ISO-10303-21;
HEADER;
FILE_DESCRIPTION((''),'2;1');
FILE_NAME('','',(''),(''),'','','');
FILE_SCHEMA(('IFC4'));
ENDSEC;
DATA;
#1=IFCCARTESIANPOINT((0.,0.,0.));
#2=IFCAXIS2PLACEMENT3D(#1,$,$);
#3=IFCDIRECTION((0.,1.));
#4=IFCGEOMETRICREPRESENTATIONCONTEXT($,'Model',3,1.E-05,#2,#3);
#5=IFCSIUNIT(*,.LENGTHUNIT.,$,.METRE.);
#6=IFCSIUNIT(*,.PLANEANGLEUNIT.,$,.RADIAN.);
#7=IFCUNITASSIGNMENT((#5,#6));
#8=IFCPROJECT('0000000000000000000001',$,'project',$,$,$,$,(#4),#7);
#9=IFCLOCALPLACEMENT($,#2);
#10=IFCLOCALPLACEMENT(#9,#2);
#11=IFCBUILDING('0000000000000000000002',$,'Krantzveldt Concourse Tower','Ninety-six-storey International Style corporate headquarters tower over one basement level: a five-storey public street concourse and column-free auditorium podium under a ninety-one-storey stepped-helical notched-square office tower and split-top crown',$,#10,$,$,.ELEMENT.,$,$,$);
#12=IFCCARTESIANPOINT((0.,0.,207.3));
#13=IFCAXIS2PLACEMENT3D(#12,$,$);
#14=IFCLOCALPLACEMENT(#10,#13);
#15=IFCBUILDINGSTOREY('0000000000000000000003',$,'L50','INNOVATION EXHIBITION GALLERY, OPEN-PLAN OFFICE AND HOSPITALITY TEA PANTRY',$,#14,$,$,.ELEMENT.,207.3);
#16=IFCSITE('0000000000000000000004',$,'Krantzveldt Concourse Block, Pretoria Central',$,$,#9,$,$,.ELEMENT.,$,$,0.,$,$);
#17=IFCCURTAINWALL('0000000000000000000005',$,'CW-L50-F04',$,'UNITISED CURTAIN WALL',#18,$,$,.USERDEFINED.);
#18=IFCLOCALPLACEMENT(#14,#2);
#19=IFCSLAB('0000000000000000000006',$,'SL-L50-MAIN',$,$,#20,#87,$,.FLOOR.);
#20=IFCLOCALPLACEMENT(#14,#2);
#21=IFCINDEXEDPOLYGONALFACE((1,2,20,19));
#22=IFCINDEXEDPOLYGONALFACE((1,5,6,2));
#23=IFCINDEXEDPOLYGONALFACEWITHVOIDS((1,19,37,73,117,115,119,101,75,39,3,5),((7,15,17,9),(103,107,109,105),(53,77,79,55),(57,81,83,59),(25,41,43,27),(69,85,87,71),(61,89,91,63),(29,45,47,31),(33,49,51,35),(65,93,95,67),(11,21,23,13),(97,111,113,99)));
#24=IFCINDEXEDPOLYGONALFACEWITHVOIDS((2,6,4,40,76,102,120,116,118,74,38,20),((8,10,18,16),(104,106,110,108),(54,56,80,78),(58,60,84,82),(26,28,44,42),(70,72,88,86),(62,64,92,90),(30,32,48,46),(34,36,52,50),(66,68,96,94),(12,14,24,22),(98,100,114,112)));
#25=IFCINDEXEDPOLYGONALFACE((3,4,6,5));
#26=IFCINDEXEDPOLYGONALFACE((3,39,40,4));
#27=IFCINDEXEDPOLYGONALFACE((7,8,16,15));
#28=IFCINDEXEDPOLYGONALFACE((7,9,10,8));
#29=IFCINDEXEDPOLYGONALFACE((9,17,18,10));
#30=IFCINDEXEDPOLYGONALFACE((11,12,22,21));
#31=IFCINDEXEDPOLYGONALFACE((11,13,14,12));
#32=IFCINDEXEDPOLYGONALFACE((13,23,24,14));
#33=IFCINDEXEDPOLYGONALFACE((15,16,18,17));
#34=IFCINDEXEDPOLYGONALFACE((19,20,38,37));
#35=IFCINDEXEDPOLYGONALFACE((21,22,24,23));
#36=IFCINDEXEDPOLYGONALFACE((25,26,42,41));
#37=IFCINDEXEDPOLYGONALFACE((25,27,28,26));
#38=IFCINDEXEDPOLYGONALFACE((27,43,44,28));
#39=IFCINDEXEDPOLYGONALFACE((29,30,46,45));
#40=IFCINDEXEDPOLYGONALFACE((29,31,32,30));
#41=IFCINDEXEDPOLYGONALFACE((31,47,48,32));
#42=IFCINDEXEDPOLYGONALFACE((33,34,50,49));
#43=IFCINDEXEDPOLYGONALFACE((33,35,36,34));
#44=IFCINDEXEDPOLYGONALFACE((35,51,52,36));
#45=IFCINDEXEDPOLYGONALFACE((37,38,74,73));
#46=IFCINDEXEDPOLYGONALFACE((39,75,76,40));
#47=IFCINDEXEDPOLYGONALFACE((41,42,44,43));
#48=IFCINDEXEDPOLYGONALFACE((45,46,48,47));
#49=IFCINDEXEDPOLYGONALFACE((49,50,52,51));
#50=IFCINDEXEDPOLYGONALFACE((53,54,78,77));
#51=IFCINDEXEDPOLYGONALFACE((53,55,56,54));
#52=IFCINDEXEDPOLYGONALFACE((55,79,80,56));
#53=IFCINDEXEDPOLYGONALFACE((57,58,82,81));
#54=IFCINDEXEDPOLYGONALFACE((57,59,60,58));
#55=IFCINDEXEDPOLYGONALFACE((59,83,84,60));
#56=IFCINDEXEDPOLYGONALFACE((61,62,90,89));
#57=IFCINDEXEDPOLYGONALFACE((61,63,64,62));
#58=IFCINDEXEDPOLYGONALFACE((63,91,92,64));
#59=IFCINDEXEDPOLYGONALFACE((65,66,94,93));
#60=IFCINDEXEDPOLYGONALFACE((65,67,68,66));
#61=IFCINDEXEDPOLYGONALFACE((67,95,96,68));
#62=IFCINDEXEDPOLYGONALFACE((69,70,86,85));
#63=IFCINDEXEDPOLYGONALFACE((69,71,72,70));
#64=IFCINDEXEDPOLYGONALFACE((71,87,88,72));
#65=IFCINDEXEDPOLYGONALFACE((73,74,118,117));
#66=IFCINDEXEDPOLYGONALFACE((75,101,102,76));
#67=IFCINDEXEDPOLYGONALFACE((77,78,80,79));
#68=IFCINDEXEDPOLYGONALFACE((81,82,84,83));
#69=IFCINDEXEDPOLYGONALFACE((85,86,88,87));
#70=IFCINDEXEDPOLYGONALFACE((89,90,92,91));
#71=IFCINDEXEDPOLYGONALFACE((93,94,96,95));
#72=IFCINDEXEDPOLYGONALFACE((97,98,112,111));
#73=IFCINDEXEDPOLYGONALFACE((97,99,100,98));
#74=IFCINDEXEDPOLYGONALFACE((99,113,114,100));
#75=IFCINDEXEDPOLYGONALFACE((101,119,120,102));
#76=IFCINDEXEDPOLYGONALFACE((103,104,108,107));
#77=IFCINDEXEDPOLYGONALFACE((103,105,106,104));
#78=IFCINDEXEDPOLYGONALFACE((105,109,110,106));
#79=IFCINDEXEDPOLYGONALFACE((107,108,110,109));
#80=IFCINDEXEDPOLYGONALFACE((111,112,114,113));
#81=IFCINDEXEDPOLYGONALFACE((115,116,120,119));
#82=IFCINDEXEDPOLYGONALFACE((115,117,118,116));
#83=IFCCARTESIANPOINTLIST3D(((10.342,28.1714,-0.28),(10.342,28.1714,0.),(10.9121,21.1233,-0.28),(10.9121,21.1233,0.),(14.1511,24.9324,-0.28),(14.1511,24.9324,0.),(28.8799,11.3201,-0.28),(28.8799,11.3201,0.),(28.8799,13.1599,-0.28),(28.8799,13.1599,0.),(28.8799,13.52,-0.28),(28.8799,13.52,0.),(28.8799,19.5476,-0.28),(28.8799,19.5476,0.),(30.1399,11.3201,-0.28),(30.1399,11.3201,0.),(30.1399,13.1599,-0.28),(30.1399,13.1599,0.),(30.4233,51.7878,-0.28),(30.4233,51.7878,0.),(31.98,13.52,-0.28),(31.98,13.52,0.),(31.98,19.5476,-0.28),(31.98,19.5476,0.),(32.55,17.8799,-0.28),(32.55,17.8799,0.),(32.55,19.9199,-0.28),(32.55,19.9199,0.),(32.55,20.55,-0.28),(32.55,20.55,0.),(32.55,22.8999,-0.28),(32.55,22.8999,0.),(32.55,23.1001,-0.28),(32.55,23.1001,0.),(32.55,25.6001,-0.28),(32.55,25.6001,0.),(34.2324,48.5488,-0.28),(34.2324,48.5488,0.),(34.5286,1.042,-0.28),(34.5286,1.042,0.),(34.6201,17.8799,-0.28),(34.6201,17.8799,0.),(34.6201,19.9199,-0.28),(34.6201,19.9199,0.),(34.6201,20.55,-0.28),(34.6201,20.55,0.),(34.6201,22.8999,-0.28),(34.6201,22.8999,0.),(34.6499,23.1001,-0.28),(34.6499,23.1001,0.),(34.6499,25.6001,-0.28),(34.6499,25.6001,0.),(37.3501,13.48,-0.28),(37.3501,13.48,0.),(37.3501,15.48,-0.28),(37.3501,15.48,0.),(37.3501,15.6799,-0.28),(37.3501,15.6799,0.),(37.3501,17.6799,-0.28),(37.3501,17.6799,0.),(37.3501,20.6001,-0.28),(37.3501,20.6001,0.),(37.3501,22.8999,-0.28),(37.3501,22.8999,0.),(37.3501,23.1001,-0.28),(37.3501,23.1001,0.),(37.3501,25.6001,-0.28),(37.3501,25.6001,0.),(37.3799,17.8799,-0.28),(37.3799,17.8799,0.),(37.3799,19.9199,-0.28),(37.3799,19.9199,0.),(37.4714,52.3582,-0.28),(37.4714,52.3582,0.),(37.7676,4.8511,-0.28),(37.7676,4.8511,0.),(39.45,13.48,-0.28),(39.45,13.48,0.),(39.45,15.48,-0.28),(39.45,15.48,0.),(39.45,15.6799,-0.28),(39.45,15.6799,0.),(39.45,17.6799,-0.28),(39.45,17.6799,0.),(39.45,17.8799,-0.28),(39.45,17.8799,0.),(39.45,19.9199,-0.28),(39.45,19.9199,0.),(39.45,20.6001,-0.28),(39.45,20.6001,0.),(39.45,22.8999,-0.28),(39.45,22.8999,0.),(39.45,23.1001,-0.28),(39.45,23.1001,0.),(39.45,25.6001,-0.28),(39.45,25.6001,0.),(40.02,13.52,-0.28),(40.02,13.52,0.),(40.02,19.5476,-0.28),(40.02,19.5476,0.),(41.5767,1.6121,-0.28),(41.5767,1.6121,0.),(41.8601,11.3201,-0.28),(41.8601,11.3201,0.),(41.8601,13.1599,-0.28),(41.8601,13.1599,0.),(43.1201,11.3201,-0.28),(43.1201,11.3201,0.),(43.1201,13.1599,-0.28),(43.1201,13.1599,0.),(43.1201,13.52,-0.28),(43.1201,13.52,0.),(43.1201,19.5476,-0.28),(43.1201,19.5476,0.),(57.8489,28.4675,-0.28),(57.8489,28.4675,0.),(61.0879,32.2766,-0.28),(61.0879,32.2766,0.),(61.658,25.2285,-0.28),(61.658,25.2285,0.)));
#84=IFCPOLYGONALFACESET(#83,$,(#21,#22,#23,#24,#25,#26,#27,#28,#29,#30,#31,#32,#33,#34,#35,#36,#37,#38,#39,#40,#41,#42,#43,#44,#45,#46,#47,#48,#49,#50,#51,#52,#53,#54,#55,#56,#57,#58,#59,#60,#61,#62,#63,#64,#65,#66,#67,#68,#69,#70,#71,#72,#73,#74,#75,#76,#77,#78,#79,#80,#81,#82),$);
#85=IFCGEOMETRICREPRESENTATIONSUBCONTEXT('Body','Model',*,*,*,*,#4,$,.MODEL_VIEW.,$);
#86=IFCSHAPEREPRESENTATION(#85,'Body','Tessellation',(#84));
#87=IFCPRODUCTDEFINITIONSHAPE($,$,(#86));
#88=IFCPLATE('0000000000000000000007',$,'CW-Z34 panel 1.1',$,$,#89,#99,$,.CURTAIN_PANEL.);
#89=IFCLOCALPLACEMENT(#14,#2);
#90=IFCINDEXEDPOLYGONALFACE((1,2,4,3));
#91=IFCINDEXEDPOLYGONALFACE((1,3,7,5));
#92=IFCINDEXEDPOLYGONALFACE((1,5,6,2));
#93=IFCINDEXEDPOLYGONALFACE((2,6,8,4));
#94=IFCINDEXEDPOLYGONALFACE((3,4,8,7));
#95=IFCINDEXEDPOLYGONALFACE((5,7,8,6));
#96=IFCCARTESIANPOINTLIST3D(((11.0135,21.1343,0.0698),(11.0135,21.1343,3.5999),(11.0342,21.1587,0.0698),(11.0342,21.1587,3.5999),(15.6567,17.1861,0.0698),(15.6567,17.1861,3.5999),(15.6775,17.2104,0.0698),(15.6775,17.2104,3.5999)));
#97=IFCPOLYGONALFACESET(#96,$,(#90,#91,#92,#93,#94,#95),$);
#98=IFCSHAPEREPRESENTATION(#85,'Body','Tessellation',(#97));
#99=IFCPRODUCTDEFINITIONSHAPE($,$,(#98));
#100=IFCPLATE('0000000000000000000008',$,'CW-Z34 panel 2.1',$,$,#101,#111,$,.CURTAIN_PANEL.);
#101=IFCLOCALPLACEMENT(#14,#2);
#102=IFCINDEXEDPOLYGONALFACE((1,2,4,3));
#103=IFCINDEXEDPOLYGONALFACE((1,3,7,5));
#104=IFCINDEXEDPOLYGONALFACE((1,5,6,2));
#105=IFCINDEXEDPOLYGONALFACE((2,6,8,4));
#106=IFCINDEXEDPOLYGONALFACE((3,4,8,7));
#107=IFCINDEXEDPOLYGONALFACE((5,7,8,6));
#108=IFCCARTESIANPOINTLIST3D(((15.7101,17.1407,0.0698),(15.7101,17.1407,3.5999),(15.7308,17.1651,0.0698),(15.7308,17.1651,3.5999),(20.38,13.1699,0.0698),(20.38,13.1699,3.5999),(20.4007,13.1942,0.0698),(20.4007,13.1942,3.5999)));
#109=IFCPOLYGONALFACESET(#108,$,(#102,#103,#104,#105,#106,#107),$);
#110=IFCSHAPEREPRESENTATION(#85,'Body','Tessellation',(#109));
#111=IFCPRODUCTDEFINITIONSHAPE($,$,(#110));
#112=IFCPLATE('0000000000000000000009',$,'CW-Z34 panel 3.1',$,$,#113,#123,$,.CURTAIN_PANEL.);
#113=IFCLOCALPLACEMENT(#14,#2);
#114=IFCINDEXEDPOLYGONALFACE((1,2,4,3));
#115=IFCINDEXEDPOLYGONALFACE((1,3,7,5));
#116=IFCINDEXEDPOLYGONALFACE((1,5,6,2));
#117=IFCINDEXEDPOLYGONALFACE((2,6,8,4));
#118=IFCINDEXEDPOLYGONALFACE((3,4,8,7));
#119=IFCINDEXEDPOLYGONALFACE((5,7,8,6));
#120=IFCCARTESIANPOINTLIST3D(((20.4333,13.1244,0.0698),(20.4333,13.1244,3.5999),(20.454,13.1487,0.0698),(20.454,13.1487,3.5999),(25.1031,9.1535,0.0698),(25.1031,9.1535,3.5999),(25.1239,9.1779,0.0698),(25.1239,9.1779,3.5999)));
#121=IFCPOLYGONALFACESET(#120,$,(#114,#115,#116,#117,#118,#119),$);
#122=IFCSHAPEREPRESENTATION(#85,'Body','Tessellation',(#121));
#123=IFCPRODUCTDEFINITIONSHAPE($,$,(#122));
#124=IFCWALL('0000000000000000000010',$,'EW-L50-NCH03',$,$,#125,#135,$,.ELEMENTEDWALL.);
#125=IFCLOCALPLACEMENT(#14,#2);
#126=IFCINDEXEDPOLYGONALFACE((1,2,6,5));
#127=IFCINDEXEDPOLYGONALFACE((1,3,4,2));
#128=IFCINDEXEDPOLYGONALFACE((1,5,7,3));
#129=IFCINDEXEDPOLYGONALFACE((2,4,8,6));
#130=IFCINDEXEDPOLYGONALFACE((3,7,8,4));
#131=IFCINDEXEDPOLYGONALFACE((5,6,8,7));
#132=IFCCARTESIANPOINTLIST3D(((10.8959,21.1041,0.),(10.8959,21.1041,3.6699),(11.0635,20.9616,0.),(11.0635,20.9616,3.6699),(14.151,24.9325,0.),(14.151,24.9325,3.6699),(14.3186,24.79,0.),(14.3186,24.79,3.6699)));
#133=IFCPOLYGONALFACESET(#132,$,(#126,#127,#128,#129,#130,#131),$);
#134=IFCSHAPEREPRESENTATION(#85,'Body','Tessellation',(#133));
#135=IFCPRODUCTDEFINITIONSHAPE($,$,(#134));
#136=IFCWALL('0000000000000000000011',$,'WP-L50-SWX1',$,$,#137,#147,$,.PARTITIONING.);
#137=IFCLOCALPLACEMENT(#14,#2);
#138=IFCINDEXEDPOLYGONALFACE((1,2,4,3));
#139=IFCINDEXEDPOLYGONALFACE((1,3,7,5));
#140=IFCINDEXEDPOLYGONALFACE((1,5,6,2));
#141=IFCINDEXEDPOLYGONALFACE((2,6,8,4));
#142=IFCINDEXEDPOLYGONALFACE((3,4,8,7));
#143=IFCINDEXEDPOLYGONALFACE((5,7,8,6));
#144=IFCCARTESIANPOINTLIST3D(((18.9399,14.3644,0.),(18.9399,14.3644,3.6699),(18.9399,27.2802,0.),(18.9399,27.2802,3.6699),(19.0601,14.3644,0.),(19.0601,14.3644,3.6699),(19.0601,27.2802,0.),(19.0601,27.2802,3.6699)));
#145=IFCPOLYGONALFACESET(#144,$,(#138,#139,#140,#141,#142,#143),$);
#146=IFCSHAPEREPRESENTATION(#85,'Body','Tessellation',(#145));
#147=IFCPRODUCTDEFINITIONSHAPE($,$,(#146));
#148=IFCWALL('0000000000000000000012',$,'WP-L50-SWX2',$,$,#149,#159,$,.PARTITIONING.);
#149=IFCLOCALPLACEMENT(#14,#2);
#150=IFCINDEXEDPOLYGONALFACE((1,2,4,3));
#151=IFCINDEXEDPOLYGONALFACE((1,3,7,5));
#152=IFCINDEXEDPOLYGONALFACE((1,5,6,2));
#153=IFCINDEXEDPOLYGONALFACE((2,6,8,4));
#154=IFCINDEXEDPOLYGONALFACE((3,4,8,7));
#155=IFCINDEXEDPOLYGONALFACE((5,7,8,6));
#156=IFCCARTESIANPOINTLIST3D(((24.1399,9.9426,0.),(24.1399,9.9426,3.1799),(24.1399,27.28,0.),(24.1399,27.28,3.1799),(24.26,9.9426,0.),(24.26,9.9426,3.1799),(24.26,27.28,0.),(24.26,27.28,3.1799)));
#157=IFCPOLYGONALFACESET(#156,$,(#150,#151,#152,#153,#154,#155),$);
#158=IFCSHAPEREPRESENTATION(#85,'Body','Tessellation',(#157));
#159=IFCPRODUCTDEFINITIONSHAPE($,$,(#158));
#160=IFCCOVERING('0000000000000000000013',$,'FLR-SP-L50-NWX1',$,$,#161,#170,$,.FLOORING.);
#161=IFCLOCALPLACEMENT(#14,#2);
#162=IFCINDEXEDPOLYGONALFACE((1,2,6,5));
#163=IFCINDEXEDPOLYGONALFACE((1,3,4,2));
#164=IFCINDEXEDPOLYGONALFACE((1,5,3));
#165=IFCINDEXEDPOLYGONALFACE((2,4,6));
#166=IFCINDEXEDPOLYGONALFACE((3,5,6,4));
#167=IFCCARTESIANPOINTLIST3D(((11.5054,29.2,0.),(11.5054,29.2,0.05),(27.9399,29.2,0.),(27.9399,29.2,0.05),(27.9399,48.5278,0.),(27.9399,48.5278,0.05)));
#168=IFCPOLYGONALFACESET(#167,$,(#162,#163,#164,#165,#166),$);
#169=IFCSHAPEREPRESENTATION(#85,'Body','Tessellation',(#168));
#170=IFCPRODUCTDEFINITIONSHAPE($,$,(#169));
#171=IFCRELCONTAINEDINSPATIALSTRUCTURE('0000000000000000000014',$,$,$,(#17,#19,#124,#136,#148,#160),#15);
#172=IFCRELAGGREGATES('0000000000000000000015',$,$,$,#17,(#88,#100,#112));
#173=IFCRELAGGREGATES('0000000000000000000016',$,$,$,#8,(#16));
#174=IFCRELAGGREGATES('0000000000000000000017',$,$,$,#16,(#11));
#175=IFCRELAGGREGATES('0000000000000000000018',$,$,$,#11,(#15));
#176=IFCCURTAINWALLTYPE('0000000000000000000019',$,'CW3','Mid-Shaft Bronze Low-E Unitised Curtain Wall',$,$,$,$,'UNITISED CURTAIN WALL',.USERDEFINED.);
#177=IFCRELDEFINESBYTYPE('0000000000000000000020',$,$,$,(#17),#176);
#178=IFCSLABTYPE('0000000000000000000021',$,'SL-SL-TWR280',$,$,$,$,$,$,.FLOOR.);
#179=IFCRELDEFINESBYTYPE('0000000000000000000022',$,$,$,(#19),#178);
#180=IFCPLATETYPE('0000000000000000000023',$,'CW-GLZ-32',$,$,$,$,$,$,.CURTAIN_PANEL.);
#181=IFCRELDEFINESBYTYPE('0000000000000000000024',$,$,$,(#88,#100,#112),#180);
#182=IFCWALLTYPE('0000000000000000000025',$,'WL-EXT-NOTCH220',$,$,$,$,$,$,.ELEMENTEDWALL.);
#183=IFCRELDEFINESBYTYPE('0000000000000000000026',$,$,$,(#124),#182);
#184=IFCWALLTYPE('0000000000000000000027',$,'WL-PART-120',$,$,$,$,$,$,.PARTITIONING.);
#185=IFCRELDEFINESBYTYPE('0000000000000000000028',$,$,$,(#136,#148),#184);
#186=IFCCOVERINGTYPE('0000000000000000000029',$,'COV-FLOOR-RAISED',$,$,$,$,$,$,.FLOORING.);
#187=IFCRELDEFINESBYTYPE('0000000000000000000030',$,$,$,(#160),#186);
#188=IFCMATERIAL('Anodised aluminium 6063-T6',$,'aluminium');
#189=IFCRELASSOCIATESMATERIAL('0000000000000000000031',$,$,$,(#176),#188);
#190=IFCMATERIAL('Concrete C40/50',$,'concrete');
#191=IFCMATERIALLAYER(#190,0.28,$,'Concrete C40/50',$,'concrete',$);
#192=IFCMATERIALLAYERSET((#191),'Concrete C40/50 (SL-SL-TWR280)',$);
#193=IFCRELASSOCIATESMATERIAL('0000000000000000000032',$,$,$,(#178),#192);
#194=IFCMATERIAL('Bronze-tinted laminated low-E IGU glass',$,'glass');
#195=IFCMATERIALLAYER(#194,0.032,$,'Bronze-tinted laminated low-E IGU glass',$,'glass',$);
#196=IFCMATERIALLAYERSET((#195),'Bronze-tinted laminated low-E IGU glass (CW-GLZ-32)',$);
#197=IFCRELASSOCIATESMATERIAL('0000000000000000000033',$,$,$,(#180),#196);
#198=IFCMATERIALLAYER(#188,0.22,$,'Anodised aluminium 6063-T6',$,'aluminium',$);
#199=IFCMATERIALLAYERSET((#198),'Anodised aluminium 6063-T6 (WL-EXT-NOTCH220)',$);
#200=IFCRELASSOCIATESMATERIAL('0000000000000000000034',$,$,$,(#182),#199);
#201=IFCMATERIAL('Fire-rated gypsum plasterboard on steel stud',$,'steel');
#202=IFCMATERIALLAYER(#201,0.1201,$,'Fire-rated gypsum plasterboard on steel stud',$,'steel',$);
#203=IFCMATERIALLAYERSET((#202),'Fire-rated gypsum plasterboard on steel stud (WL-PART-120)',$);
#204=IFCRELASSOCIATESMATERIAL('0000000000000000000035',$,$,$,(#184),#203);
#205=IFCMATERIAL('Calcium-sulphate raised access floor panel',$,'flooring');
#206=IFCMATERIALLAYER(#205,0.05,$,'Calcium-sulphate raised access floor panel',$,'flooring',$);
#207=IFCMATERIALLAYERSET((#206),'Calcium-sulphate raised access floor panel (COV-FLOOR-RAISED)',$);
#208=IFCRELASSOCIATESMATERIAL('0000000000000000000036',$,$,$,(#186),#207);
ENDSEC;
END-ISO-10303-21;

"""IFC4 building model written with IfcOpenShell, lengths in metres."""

from ifc_helpers import new_model, si_unit, direction, frame, frame_2d, origin, origin_2d, place, context, subcontext, project, spatial, polyline, rectangle, outline, extrude, source, transform, mapped, material, layer, layer_set, type_object, type_shapes, element, aggregate, save


model = new_model("IFC4")

# Units and contexts
model_context = context("Model", 3, precision=1e-05, world=origin(), true_north=direction((0.0, 1.0)))
body_context = subcontext(model_context, "Body", "Model", "MODEL_VIEW")
ifc_project = project(units=[si_unit("LENGTHUNIT", "METRE"), si_unit("PLANEANGLEUNIT", "RADIAN")], contexts=[model_context])

# Site, building, storey
site_placement = place(None, origin())
site = spatial("IfcSite", under=ifc_project, at=site_placement, Name="Krantzveldt Concourse Block, Pretoria Central", CompositionType="ELEMENT", RefElevation=0.0)
building_placement = place(site_placement, origin())
building = spatial("IfcBuilding", under=site, at=building_placement, Name="Krantzveldt Concourse Tower", Description="Ninety-six-storey International Style corporate headquarters tower over one basement level: a five-storey public street concourse and column-free auditorium podium under a ninety-one-storey stepped-helical notched-square office tower and split-top crown", CompositionType="ELEMENT")
storey_placement = place(building_placement, frame((0.0, 0.0, 207.3)))
storey = spatial("IfcBuildingStorey", under=building, at=storey_placement, Name="L50", Description="INNOVATION EXHIBITION GALLERY, OPEN-PLAN OFFICE AND HOSPITALITY TEA PANTRY", CompositionType="ELEMENT", Elevation=207.3)

# Curtain wall
ifc_material_1 = material(Name="Anodised aluminium 6063-T6", Category="aluminium")
curtain_wall_type = type_object("IfcCurtainWallType", Name="CW3", Description="Mid-Shaft Bronze Low-E Unitised Curtain Wall", ElementType="UNITISED CURTAIN WALL", PredefinedType="USERDEFINED", material=ifc_material_1)
curtain_wall_placement = place(storey_placement, origin())
curtain_wall = element("IfcCurtainWall", 1, at=curtain_wall_placement, inside=storey, type_object=curtain_wall_type, Name="CW-L50-F04", ObjectType="UNITISED CURTAIN WALL", PredefinedType="USERDEFINED")

# Slab
ifc_material_2 = material(Name="Concrete C40/50", Category="concrete")
ifc_layer_1 = layer(ifc_material_2, 0.28, Name="Concrete C40/50", Category="concrete")
ifc_layer_set_1 = layer_set([ifc_layer_1], Name="Concrete C40/50 (SL-SL-TWR280)")
slab_type_1 = type_object("IfcSlabType", Name="SL-SL-TWR280", PredefinedType="FLOOR", material=ifc_layer_set_1)
slab_1_placement = place(storey_placement, frame((0.0, 0.0, -0.28)))
element("IfcSlab", 2, at=slab_1_placement, inside=storey, type_object=slab_type_1, Name="SL-L50-MAIN", PredefinedType="FLOOR", context=body_context, shape_type="SweptSolid", body=[
    extrude(outline(polyline([(34.2324, 48.5488), (30.4233, 51.7878), (10.342, 28.1714), (14.1511, 24.9324), (10.9121, 21.1233), (34.5286, 1.042), (37.7676, 4.8511), (41.5767, 1.6121), (61.658, 25.2285), (57.8489, 28.4675), (61.0879, 32.2766), (37.4714, 52.3582), (34.2324, 48.5488)]), holes=[polyline([(28.8799, 19.5476), (28.8799, 13.52), (31.98, 13.52), (31.98, 19.5476), (28.8799, 19.5476)]), polyline([(40.02, 19.5476), (40.02, 13.52), (43.1201, 13.52), (43.1201, 19.5476), (40.02, 19.5476)]), polyline([(32.55, 23.1001), (34.6499, 23.1001), (34.6499, 25.6001), (32.55, 25.6001), (32.55, 23.1001)]), polyline([(37.3501, 23.1001), (39.45, 23.1001), (39.45, 25.6001), (37.3501, 25.6001), (37.3501, 23.1001)]), polyline([(37.3501, 20.6001), (39.45, 20.6001), (39.45, 22.8999), (37.3501, 22.8999), (37.3501, 20.6001)]), polyline([(37.3501, 13.48), (39.45, 13.48), (39.45, 15.48), (37.3501, 15.48), (37.3501, 13.48)]), polyline([(37.3501, 15.6799), (39.45, 15.6799), (39.45, 17.6799), (37.3501, 17.6799), (37.3501, 15.6799)]), polyline([(32.55, 20.55), (34.6201, 20.55), (34.6201, 22.8999), (32.55, 22.8999), (32.55, 20.55)]), polyline([(32.55, 17.8799), (34.6201, 17.8799), (34.6201, 19.9199), (32.55, 19.9199), (32.55, 17.8799)]), polyline([(37.3799, 17.8799), (39.45, 17.8799), (39.45, 19.9199), (37.3799, 19.9199), (37.3799, 17.8799)]), polyline([(28.8799, 11.3201), (30.1399, 11.3201), (30.1399, 13.1599), (28.8799, 13.1599), (28.8799, 11.3201)]), polyline([(41.8601, 11.3201), (43.1201, 11.3201), (43.1201, 13.1599), (41.8601, 13.1599), (41.8601, 11.3201)])]), origin(), (0.0, 0.0, 1.0), 0.28),
])

# Plates
ifc_material_3 = material(Name="Bronze-tinted laminated low-E IGU glass", Category="glass")
ifc_layer_2 = layer(ifc_material_3, 0.032, Name="Bronze-tinted laminated low-E IGU glass", Category="glass")
ifc_layer_set_2 = layer_set([ifc_layer_2], Name="Bronze-tinted laminated low-E IGU glass (CW-GLZ-32)")
plate_type = type_object("IfcPlateType", Name="CW-GLZ-32", PredefinedType="CURTAIN_PANEL", material=ifc_layer_set_2)
shared_shape_1 = source(origin(), body_context, "Body", "SweptSolid", [
    extrude(rectangle(XDim=6.095, YDim=0.032, at=origin_2d()), origin(), (0.0, 0.0, 1.0), 3.53),
])
plate_1_placement = place(storey_placement, frame((13.3455, 19.1724, 0.0698), z_axis=(0.0, 0.0, 1.0), x_axis=(0.761821, -0.647788, 0.0)))
plate_1 = element("IfcPlate", 3, at=plate_1_placement, type_object=plate_type, Name="CW-Z34 panel 1.1", PredefinedType="CURTAIN_PANEL", context=body_context, shape_type="MappedRepresentation", body=[
    mapped(shared_shape_1, transform((0.0, 0.0, 0.0), x_axis=(1.0, 0.0, 0.0), y_axis=(0.0, 1.0, 0.0), z_axis=(0.0, 0.0, 1.0), scale=1.0)),
])
shared_shape_2 = source(origin(), body_context, "Body", "SweptSolid", [
    extrude(rectangle(XDim=6.1299, YDim=0.032, at=origin_2d()), origin(), (0.0, 0.0, 1.0), 3.53),
])
type_shapes(plate_type, [shared_shape_1, shared_shape_2])
plate_2_placement = place(storey_placement, frame((18.0554, 15.1675, 0.0698), z_axis=(0.0, 0.0, 1.0), x_axis=(0.761821, -0.647788, 0.0)))
plate_2 = element("IfcPlate", 4, at=plate_2_placement, type_object=plate_type, Name="CW-Z34 panel 2.1", PredefinedType="CURTAIN_PANEL", context=body_context, shape_type="MappedRepresentation", body=[
    mapped(shared_shape_2, transform((0.0, 0.0, 0.0), x_axis=(1.0, 0.0, 0.0), y_axis=(0.0, 1.0, 0.0), z_axis=(0.0, 0.0, 1.0), scale=1.0)),
])
plate_3_placement = place(storey_placement, frame((22.7786, 11.1511, 0.0698), z_axis=(0.0, 0.0, 1.0), x_axis=(0.761821, -0.647788, 0.0)))
plate_3 = element("IfcPlate", 5, at=plate_3_placement, type_object=plate_type, Name="CW-Z34 panel 3.1", PredefinedType="CURTAIN_PANEL", context=body_context, shape_type="MappedRepresentation", body=[
    mapped(shared_shape_2, transform((0.0, 0.0, 0.0), x_axis=(1.0, 0.0, 0.0), y_axis=(0.0, 1.0, 0.0), z_axis=(0.0, 0.0, 1.0), scale=1.0)),
])
aggregate(curtain_wall, [plate_1, plate_2, plate_3])

# Walls
ifc_layer_3 = layer(ifc_material_1, 0.22, Name="Anodised aluminium 6063-T6", Category="aluminium")
ifc_layer_set_3 = layer_set([ifc_layer_3], Name="Anodised aluminium 6063-T6 (WL-EXT-NOTCH220)")
wall_type_1 = type_object("IfcWallType", Name="WL-EXT-NOTCH220", PredefinedType="ELEMENTEDWALL", material=ifc_layer_set_3)
wall_1_placement = place(storey_placement, frame((14.2349, 24.8613, 0.0), z_axis=(0.0, 0.0, 1.0), x_axis=(-0.647765, -0.76184, 0.0)))
element("IfcWall", 6, at=wall_1_placement, inside=storey, type_object=wall_type_1, Name="EW-L50-NCH03", PredefinedType="ELEMENTEDWALL", context=body_context, shape_type="SweptSolid", body=[
    extrude(rectangle(XDim=5.0251, YDim=0.22, at=frame_2d((2.5127, 0.0))), origin(), (0.0, 0.0, 1.0), 3.6699),
])
ifc_material_4 = material(Name="Fire-rated gypsum plasterboard on steel stud", Category="steel")
ifc_layer_4 = layer(ifc_material_4, 0.1201, Name="Fire-rated gypsum plasterboard on steel stud", Category="steel")
ifc_layer_set_4 = layer_set([ifc_layer_4], Name="Fire-rated gypsum plasterboard on steel stud (WL-PART-120)")
wall_type_2 = type_object("IfcWallType", Name="WL-PART-120", PredefinedType="PARTITIONING", material=ifc_layer_set_4)
wall_2_placement = place(storey_placement, frame((19.0, 14.3643, 0.0), z_axis=(0.0, 0.0, 1.0), x_axis=(0.0, 1.0, 0.0)))
element("IfcWall", 7, at=wall_2_placement, inside=storey, type_object=wall_type_2, Name="WP-L50-SWX1", PredefinedType="PARTITIONING", context=body_context, shape_type="SweptSolid", body=[
    extrude(rectangle(XDim=12.9158, YDim=0.1201, at=frame_2d((6.458, 0.0))), origin(), (0.0, 0.0, 1.0), 3.6699),
])
wall_3_placement = place(storey_placement, frame((24.2, 9.9426, 0.0), z_axis=(0.0, 0.0, 1.0), x_axis=(0.0, 1.0, 0.0)))
element("IfcWall", 8, at=wall_3_placement, inside=storey, type_object=wall_type_2, Name="WP-L50-SWX2", PredefinedType="PARTITIONING", context=body_context, shape_type="SweptSolid", body=[
    extrude(rectangle(XDim=17.3374, YDim=0.1201, at=frame_2d((8.6687, 0.0))), origin(), (0.0, 0.0, 1.0), 3.1799),
])

# Covering
ifc_material_5 = material(Name="Calcium-sulphate raised access floor panel", Category="flooring")
ifc_layer_5 = layer(ifc_material_5, 0.05, Name="Calcium-sulphate raised access floor panel", Category="flooring")
ifc_layer_set_5 = layer_set([ifc_layer_5], Name="Calcium-sulphate raised access floor panel (COV-FLOOR-RAISED)")
covering_type = type_object("IfcCoveringType", Name="COV-FLOOR-RAISED", PredefinedType="FLOORING", material=ifc_layer_set_5)
covering_placement = place(storey_placement, origin())
element("IfcCovering", 9, at=covering_placement, inside=storey, type_object=covering_type, Name="FLR-SP-L50-NWX1", PredefinedType="FLOORING", context=body_context, shape_type="SweptSolid", body=[
    extrude(outline(polyline([(11.5054, 29.2), (27.9399, 48.5278), (27.9399, 29.2), (11.5054, 29.2)])), origin(), (0.0, 0.0, 1.0), 0.05),
])

save(model, "model.ifc")
